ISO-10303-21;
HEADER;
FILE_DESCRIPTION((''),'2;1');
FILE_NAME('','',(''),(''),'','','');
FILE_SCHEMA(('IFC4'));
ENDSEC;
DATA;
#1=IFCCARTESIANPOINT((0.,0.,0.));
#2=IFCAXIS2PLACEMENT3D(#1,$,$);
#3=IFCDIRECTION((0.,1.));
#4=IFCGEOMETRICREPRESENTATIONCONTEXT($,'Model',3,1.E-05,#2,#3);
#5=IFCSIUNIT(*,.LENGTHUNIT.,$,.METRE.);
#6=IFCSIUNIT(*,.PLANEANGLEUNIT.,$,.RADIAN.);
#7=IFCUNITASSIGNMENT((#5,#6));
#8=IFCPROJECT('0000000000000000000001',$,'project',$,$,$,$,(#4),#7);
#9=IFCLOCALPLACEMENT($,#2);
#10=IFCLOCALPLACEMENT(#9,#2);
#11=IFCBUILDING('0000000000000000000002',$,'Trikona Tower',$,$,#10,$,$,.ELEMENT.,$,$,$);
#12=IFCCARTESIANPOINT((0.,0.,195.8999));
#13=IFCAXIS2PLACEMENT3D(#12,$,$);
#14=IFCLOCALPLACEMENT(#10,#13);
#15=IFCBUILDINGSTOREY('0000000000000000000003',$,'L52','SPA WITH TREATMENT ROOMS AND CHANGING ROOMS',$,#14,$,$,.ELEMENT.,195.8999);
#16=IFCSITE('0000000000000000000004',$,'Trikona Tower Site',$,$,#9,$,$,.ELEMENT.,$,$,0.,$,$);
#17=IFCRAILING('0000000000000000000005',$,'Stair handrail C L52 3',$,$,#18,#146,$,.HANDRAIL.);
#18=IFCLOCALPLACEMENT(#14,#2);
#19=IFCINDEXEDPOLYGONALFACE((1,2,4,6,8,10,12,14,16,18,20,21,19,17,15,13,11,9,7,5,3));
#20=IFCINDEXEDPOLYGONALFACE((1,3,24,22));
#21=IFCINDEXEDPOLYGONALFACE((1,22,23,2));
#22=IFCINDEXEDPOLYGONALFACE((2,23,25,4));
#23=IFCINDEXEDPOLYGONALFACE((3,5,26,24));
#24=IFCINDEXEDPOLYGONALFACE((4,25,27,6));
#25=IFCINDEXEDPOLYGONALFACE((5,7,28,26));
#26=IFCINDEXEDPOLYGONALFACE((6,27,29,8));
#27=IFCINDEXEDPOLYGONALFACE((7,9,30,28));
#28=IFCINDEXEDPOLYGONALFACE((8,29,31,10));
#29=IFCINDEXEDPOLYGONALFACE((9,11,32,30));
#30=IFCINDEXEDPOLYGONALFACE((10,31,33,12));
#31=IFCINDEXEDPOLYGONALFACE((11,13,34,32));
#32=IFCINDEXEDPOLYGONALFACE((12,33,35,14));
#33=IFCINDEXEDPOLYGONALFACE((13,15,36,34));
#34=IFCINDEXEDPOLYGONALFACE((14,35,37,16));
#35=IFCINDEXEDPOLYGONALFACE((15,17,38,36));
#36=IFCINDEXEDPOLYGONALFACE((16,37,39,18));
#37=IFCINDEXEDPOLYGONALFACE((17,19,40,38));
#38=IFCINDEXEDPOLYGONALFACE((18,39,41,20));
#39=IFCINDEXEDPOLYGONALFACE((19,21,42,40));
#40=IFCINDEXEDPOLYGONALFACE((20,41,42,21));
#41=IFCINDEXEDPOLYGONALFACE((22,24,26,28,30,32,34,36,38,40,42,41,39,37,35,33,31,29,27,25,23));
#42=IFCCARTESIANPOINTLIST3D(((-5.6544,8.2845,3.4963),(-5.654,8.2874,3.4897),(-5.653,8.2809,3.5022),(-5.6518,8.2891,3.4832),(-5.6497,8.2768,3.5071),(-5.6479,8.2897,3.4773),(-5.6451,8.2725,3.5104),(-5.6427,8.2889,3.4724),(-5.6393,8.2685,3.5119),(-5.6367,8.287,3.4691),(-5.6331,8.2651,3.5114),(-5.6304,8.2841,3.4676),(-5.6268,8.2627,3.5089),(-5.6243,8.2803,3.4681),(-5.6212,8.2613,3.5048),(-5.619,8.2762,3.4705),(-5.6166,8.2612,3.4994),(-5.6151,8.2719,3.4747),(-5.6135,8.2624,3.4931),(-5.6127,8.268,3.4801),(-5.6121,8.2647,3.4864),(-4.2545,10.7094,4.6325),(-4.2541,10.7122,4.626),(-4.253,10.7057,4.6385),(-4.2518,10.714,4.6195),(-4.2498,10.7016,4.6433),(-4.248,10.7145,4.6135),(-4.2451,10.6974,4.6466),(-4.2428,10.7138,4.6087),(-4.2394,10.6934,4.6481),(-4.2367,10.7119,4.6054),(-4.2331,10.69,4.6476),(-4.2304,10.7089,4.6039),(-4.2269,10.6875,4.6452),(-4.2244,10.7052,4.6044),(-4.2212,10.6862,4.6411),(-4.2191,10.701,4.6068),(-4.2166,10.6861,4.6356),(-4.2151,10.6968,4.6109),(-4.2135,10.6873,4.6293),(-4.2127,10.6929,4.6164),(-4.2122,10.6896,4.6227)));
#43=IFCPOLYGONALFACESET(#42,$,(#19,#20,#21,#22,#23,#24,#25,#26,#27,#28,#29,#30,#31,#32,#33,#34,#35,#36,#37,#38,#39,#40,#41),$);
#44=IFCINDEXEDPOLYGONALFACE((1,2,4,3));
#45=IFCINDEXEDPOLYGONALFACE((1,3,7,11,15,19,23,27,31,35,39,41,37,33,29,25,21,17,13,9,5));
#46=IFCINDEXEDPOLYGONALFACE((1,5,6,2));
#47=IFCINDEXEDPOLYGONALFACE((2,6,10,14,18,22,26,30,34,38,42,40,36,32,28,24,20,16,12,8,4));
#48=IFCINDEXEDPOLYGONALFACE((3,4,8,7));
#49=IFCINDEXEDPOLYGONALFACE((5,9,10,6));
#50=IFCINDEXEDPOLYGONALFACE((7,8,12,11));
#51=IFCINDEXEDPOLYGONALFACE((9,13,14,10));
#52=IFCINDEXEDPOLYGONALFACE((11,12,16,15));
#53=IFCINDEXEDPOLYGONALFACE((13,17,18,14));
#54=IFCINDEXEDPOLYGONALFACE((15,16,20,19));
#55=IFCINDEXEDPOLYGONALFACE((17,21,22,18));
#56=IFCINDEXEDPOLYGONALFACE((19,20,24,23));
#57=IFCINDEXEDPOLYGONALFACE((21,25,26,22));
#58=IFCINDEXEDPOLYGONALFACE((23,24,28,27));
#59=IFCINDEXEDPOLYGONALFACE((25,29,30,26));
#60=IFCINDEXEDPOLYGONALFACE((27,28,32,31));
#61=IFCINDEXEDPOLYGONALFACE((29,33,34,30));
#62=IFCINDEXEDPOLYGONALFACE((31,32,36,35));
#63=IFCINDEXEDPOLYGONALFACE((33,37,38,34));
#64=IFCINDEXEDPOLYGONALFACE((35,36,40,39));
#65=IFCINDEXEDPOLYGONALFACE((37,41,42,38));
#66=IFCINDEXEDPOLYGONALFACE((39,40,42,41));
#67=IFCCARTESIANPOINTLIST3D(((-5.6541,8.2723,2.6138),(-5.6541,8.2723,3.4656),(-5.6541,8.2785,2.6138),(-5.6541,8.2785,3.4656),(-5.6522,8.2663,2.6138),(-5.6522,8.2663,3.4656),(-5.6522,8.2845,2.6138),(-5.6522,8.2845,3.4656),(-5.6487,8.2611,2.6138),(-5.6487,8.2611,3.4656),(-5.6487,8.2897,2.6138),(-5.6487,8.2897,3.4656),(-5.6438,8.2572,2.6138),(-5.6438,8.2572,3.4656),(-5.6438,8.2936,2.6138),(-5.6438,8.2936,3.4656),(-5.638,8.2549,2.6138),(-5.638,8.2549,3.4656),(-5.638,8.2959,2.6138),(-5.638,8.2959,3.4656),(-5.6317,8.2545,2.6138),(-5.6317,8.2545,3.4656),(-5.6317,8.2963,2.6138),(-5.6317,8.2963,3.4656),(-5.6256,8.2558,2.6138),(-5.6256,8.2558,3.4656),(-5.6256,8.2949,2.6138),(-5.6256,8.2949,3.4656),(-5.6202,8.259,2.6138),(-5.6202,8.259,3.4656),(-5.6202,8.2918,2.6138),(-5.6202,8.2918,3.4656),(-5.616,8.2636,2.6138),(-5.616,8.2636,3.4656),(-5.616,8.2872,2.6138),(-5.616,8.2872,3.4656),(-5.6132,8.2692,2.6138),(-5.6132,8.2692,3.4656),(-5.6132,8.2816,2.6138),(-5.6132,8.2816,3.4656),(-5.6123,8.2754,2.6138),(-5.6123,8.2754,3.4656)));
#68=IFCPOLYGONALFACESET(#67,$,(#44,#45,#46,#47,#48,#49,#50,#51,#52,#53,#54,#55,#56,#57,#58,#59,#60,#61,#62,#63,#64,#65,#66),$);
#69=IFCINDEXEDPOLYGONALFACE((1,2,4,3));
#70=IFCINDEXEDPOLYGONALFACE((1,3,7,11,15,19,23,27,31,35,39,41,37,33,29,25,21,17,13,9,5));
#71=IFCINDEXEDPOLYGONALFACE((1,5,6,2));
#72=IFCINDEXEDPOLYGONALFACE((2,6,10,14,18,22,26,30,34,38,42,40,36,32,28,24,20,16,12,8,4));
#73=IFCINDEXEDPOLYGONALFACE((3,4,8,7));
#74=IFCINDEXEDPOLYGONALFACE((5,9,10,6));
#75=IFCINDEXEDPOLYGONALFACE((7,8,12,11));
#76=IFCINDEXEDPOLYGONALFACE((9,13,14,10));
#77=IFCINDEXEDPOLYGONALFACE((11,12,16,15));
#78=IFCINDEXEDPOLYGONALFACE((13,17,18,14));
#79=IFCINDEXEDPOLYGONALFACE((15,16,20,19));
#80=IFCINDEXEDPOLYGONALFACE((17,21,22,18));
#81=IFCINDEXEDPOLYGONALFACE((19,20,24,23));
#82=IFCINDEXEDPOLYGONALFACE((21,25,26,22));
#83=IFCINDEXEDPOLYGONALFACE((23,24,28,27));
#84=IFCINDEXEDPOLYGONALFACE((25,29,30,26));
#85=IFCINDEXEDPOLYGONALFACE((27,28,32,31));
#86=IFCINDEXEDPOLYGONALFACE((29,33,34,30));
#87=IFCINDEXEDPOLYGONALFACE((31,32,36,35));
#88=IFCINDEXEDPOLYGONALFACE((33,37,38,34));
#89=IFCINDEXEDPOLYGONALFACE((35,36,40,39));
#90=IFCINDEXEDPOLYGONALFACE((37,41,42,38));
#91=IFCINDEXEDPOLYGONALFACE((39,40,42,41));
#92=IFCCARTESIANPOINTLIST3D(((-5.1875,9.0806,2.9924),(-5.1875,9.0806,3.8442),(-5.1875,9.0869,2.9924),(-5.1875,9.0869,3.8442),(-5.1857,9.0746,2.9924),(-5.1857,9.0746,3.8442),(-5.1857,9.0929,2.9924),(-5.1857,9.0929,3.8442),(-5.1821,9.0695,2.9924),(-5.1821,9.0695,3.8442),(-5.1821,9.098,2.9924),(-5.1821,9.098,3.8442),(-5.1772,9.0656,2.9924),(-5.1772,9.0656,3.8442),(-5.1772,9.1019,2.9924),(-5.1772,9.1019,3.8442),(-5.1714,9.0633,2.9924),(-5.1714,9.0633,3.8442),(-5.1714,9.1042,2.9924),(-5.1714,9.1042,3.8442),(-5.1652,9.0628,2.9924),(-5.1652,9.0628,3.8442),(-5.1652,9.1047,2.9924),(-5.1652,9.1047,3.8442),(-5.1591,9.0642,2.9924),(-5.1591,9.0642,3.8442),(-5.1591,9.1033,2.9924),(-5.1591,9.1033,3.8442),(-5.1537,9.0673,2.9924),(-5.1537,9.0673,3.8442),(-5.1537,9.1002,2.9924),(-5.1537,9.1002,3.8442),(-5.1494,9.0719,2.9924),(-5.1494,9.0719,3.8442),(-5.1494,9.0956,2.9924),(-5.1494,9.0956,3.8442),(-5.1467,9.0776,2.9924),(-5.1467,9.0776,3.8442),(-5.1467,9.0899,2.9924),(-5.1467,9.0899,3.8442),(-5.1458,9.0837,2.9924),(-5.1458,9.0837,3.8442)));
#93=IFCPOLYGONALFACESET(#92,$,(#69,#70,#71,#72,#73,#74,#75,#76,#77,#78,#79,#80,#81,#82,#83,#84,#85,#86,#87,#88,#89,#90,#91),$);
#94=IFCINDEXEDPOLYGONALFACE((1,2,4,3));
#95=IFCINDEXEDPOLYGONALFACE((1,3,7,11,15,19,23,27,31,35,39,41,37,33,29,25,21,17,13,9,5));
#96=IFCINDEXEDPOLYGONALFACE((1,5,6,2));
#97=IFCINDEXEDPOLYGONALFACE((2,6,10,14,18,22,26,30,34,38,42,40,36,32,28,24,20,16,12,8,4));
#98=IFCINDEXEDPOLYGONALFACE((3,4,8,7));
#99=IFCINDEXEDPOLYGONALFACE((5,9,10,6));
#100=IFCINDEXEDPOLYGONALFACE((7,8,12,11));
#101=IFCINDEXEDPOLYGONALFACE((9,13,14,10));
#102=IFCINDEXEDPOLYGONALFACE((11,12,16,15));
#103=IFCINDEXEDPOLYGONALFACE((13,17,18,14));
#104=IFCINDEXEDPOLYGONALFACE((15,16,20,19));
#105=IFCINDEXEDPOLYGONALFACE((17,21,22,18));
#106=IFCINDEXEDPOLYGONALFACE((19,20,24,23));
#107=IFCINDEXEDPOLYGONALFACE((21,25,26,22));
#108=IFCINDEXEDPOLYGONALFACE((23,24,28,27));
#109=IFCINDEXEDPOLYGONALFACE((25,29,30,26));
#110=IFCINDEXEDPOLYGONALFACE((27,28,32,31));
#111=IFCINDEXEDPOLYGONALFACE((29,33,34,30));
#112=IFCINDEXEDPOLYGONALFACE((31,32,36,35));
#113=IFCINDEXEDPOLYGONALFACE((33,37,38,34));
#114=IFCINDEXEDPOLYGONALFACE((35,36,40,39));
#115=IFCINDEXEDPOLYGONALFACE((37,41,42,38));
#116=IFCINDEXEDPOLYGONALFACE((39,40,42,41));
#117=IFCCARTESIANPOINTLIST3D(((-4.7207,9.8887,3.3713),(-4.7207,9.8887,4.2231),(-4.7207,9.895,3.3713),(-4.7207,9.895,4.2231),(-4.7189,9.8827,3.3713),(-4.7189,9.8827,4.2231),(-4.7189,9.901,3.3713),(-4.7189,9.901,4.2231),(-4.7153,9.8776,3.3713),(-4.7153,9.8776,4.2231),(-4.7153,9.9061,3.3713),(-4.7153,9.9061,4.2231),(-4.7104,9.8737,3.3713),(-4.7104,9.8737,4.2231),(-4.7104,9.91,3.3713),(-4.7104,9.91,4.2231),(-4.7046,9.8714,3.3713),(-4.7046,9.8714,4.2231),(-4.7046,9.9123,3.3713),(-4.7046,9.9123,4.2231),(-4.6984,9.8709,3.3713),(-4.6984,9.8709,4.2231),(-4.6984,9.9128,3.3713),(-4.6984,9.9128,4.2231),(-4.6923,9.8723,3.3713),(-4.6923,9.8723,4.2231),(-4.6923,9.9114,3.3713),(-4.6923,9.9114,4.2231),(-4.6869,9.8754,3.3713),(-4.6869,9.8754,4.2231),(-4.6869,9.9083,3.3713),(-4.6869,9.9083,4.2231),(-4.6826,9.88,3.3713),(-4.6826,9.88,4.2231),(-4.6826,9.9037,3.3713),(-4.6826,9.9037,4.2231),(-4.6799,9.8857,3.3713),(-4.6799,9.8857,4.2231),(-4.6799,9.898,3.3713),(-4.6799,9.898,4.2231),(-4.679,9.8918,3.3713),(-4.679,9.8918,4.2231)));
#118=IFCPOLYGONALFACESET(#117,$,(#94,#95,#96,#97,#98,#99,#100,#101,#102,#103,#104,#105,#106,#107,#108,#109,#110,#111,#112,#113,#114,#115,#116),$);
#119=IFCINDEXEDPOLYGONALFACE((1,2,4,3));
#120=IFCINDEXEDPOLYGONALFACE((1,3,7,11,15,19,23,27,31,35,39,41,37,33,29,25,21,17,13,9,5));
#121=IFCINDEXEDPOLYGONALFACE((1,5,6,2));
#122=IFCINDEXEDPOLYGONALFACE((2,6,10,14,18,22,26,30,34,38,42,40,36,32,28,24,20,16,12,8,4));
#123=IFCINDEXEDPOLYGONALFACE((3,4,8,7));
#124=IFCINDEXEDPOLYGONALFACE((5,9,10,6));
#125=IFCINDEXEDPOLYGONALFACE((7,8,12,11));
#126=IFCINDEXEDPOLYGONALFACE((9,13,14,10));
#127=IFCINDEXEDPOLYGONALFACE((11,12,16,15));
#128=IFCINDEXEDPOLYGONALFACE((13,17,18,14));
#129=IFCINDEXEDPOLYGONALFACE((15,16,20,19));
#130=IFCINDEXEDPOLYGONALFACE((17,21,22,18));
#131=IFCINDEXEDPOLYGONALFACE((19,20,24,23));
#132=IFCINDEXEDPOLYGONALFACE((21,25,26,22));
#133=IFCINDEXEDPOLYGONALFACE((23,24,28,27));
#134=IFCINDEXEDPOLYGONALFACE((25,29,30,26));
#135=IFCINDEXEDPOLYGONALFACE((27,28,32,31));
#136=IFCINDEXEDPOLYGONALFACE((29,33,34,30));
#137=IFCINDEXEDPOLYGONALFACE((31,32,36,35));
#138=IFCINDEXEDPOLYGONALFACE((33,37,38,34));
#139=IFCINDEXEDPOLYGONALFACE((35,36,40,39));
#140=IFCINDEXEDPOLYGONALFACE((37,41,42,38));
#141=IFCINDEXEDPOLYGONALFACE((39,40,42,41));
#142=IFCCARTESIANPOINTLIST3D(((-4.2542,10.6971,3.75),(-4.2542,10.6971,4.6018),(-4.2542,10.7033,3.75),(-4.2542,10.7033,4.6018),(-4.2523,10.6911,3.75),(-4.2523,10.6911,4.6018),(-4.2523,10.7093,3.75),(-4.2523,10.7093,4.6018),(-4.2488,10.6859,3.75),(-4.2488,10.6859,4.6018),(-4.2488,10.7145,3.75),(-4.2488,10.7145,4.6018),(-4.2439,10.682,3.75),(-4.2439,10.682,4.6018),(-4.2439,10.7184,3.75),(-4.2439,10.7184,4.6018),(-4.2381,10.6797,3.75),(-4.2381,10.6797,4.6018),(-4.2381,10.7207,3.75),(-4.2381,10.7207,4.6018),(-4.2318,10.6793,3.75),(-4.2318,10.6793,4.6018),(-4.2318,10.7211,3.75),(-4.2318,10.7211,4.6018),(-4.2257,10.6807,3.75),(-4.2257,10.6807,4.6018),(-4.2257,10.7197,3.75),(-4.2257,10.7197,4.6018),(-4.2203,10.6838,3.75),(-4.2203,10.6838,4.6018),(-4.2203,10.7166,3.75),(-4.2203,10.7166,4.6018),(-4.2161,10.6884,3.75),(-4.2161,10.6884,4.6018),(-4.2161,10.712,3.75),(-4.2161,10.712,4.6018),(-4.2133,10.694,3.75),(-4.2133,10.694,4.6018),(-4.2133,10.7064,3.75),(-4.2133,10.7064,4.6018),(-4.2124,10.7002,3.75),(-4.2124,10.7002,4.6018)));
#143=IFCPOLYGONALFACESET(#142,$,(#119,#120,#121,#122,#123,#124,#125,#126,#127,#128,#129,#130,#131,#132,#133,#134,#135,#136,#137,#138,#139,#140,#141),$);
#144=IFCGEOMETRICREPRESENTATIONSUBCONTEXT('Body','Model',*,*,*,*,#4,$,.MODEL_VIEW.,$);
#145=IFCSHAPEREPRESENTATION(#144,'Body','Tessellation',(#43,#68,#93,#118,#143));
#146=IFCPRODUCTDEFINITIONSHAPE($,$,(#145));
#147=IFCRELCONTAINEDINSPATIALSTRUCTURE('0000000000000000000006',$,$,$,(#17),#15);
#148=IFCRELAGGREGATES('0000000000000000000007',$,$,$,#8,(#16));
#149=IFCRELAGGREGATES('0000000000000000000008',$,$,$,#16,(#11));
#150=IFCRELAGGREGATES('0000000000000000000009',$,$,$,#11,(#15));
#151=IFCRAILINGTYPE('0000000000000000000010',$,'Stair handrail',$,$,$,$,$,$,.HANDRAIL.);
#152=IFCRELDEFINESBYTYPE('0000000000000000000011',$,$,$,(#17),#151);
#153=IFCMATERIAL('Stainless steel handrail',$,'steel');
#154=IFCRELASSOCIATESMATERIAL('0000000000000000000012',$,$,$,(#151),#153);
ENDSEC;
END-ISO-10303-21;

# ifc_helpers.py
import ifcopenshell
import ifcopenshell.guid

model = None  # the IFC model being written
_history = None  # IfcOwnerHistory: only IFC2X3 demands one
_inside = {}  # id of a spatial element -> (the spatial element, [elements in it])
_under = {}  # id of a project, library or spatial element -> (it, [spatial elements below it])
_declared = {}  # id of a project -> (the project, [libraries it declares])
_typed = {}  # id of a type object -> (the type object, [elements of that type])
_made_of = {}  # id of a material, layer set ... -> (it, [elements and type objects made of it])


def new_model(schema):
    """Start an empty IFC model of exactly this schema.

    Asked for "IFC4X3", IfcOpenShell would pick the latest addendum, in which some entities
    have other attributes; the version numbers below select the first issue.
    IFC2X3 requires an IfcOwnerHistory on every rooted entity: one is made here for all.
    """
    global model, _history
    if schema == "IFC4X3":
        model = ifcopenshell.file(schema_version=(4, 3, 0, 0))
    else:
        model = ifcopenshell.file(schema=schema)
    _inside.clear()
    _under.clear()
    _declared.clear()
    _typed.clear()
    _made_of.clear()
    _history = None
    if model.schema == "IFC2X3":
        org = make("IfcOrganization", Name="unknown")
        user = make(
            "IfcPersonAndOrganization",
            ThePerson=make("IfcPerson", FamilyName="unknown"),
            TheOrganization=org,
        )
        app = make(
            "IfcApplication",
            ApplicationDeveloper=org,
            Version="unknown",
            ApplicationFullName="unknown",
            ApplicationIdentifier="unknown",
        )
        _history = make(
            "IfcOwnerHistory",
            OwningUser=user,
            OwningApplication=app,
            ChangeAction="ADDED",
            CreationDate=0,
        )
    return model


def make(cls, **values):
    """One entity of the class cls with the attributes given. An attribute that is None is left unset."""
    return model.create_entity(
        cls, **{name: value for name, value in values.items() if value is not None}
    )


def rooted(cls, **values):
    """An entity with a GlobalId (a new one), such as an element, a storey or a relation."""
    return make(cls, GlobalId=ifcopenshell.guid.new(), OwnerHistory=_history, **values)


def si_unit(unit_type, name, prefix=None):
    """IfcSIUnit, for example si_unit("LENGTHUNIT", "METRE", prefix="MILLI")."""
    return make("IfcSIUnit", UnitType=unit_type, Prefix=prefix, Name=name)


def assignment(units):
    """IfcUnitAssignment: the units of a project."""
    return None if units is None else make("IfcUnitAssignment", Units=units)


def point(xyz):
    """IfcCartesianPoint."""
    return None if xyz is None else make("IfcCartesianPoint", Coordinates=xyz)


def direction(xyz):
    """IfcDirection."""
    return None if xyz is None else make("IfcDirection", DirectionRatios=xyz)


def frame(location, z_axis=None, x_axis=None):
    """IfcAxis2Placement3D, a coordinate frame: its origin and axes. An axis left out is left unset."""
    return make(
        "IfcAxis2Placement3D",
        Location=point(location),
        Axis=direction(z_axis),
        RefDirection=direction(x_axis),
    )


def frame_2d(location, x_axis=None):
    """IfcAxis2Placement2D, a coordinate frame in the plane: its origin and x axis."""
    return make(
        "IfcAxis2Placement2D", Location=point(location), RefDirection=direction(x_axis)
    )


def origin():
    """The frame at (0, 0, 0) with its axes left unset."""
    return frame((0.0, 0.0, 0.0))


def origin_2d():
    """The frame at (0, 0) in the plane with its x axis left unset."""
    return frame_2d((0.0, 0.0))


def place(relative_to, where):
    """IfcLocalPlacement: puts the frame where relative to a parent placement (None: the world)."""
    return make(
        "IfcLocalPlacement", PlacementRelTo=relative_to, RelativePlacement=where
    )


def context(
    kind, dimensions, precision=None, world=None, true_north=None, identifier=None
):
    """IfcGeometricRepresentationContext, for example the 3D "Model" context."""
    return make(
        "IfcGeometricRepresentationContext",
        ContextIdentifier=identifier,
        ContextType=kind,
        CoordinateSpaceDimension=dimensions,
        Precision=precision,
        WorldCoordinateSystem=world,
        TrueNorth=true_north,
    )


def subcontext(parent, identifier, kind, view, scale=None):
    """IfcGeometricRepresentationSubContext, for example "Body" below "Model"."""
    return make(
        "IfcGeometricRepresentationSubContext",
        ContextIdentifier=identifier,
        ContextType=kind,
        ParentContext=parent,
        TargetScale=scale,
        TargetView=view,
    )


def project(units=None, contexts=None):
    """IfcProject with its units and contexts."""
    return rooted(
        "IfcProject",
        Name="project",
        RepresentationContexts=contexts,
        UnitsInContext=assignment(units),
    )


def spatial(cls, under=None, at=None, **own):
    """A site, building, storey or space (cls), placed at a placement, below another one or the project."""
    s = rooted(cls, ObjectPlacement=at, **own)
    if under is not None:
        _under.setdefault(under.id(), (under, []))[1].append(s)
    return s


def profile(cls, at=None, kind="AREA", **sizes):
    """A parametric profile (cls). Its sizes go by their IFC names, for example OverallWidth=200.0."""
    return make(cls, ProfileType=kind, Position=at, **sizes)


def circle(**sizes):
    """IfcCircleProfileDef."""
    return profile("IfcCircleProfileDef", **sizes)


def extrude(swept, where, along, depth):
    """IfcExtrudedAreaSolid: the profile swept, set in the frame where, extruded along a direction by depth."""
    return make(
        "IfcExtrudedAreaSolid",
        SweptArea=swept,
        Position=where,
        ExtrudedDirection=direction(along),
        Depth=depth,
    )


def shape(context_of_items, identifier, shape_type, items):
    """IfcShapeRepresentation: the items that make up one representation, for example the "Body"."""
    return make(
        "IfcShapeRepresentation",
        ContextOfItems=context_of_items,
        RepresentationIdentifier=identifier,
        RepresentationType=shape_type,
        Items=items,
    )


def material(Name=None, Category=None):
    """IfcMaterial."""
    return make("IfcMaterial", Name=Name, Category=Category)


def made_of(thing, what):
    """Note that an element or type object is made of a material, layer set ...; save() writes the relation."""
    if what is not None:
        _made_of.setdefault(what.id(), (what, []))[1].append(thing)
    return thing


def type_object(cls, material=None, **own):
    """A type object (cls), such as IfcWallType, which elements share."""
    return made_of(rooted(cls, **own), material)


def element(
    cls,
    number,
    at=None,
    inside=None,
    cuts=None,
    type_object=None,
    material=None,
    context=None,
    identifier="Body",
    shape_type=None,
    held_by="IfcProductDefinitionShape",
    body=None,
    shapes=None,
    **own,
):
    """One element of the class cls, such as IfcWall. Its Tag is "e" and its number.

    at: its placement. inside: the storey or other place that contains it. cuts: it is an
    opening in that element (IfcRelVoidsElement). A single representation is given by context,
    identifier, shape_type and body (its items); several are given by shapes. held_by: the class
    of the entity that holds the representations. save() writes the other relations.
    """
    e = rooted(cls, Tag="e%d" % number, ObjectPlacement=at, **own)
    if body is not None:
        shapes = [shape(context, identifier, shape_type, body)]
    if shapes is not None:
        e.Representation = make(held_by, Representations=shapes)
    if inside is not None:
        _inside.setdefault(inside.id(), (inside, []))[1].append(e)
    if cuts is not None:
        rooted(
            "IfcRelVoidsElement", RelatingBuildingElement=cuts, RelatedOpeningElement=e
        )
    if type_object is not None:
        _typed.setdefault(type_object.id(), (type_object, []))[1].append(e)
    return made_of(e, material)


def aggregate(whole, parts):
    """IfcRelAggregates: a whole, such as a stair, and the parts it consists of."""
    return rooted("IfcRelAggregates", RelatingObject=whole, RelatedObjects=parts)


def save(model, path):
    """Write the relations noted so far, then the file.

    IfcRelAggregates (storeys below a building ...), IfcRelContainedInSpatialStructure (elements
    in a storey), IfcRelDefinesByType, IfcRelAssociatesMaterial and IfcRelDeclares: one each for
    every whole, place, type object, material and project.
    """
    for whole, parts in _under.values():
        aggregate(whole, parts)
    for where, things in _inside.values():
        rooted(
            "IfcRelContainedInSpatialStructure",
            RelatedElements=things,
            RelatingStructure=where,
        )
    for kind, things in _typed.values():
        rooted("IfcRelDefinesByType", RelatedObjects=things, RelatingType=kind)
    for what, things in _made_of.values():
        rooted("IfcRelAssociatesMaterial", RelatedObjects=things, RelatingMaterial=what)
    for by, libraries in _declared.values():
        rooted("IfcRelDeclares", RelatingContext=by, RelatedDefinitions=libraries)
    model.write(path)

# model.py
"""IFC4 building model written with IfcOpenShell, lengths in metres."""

from ifc_helpers import new_model, si_unit, direction, frame, origin, origin_2d, place, context, subcontext, project, spatial, circle, extrude, material, type_object, element, save


model = new_model("IFC4")

# Units and contexts
model_context = context("Model", 3, precision=1e-05, world=origin(), true_north=direction((0.0, 1.0)))
body_context = subcontext(model_context, "Body", "Model", "MODEL_VIEW")
ifc_project = project(units=[si_unit("LENGTHUNIT", "METRE"), si_unit("PLANEANGLEUNIT", "RADIAN")], contexts=[model_context])

# Site, building, storey
site_placement = place(None, origin())
site = spatial("IfcSite", under=ifc_project, at=site_placement, Name="Trikona Tower Site", CompositionType="ELEMENT", RefElevation=0.0)
building_placement = place(site_placement, origin())
building = spatial("IfcBuilding", under=site, at=building_placement, Name="Trikona Tower", CompositionType="ELEMENT")
storey_placement = place(building_placement, frame((0.0, 0.0, 195.8999)))
storey = spatial("IfcBuildingStorey", under=building, at=storey_placement, Name="L52", Description="SPA WITH TREATMENT ROOMS AND CHANGING ROOMS", CompositionType="ELEMENT", Elevation=195.8999)

# Railing
ifc_material_1 = material(Name="Stainless steel handrail", Category="steel")
railing_type = type_object("IfcRailingType", Name="Stair handrail", PredefinedType="HANDRAIL", material=ifc_material_1)
railing_1_placement = place(storey_placement, frame((-5.6333, 8.2754, 2.6138)))
element("IfcRailing", 1, at=railing_1_placement, inside=storey, type_object=railing_type, Name="Stair handrail C L52 3", PredefinedType="HANDRAIL", context=body_context, shape_type="SweptSolid", body=[
    extrude(circle(Radius=0.0239, at=origin_2d()), frame((0.0, 0.0, 0.876), z_axis=(0.463289, 0.802475, 0.376029), x_axis=(-0.866035, 0.499984, 0.0)), (0.0, 0.0, 1.0), 3.0217),
    extrude(circle(Radius=0.021, at=origin_2d()), origin(), (0.0, 0.0, 1.0), 0.8518),
    extrude(circle(Radius=0.021, at=origin_2d()), frame((0.4666, 0.8083, 0.3787)), (0.0, 0.0, 1.0), 0.8518),
    extrude(circle(Radius=0.021, at=origin_2d()), frame((0.9333, 1.6165, 0.7576)), (0.0, 0.0, 1.0), 0.8518),
    extrude(circle(Radius=0.021, at=origin_2d()), frame((1.3999, 2.4248, 1.1362)), (0.0, 0.0, 1.0), 0.8518),
])

save(model, "model.ifc")
